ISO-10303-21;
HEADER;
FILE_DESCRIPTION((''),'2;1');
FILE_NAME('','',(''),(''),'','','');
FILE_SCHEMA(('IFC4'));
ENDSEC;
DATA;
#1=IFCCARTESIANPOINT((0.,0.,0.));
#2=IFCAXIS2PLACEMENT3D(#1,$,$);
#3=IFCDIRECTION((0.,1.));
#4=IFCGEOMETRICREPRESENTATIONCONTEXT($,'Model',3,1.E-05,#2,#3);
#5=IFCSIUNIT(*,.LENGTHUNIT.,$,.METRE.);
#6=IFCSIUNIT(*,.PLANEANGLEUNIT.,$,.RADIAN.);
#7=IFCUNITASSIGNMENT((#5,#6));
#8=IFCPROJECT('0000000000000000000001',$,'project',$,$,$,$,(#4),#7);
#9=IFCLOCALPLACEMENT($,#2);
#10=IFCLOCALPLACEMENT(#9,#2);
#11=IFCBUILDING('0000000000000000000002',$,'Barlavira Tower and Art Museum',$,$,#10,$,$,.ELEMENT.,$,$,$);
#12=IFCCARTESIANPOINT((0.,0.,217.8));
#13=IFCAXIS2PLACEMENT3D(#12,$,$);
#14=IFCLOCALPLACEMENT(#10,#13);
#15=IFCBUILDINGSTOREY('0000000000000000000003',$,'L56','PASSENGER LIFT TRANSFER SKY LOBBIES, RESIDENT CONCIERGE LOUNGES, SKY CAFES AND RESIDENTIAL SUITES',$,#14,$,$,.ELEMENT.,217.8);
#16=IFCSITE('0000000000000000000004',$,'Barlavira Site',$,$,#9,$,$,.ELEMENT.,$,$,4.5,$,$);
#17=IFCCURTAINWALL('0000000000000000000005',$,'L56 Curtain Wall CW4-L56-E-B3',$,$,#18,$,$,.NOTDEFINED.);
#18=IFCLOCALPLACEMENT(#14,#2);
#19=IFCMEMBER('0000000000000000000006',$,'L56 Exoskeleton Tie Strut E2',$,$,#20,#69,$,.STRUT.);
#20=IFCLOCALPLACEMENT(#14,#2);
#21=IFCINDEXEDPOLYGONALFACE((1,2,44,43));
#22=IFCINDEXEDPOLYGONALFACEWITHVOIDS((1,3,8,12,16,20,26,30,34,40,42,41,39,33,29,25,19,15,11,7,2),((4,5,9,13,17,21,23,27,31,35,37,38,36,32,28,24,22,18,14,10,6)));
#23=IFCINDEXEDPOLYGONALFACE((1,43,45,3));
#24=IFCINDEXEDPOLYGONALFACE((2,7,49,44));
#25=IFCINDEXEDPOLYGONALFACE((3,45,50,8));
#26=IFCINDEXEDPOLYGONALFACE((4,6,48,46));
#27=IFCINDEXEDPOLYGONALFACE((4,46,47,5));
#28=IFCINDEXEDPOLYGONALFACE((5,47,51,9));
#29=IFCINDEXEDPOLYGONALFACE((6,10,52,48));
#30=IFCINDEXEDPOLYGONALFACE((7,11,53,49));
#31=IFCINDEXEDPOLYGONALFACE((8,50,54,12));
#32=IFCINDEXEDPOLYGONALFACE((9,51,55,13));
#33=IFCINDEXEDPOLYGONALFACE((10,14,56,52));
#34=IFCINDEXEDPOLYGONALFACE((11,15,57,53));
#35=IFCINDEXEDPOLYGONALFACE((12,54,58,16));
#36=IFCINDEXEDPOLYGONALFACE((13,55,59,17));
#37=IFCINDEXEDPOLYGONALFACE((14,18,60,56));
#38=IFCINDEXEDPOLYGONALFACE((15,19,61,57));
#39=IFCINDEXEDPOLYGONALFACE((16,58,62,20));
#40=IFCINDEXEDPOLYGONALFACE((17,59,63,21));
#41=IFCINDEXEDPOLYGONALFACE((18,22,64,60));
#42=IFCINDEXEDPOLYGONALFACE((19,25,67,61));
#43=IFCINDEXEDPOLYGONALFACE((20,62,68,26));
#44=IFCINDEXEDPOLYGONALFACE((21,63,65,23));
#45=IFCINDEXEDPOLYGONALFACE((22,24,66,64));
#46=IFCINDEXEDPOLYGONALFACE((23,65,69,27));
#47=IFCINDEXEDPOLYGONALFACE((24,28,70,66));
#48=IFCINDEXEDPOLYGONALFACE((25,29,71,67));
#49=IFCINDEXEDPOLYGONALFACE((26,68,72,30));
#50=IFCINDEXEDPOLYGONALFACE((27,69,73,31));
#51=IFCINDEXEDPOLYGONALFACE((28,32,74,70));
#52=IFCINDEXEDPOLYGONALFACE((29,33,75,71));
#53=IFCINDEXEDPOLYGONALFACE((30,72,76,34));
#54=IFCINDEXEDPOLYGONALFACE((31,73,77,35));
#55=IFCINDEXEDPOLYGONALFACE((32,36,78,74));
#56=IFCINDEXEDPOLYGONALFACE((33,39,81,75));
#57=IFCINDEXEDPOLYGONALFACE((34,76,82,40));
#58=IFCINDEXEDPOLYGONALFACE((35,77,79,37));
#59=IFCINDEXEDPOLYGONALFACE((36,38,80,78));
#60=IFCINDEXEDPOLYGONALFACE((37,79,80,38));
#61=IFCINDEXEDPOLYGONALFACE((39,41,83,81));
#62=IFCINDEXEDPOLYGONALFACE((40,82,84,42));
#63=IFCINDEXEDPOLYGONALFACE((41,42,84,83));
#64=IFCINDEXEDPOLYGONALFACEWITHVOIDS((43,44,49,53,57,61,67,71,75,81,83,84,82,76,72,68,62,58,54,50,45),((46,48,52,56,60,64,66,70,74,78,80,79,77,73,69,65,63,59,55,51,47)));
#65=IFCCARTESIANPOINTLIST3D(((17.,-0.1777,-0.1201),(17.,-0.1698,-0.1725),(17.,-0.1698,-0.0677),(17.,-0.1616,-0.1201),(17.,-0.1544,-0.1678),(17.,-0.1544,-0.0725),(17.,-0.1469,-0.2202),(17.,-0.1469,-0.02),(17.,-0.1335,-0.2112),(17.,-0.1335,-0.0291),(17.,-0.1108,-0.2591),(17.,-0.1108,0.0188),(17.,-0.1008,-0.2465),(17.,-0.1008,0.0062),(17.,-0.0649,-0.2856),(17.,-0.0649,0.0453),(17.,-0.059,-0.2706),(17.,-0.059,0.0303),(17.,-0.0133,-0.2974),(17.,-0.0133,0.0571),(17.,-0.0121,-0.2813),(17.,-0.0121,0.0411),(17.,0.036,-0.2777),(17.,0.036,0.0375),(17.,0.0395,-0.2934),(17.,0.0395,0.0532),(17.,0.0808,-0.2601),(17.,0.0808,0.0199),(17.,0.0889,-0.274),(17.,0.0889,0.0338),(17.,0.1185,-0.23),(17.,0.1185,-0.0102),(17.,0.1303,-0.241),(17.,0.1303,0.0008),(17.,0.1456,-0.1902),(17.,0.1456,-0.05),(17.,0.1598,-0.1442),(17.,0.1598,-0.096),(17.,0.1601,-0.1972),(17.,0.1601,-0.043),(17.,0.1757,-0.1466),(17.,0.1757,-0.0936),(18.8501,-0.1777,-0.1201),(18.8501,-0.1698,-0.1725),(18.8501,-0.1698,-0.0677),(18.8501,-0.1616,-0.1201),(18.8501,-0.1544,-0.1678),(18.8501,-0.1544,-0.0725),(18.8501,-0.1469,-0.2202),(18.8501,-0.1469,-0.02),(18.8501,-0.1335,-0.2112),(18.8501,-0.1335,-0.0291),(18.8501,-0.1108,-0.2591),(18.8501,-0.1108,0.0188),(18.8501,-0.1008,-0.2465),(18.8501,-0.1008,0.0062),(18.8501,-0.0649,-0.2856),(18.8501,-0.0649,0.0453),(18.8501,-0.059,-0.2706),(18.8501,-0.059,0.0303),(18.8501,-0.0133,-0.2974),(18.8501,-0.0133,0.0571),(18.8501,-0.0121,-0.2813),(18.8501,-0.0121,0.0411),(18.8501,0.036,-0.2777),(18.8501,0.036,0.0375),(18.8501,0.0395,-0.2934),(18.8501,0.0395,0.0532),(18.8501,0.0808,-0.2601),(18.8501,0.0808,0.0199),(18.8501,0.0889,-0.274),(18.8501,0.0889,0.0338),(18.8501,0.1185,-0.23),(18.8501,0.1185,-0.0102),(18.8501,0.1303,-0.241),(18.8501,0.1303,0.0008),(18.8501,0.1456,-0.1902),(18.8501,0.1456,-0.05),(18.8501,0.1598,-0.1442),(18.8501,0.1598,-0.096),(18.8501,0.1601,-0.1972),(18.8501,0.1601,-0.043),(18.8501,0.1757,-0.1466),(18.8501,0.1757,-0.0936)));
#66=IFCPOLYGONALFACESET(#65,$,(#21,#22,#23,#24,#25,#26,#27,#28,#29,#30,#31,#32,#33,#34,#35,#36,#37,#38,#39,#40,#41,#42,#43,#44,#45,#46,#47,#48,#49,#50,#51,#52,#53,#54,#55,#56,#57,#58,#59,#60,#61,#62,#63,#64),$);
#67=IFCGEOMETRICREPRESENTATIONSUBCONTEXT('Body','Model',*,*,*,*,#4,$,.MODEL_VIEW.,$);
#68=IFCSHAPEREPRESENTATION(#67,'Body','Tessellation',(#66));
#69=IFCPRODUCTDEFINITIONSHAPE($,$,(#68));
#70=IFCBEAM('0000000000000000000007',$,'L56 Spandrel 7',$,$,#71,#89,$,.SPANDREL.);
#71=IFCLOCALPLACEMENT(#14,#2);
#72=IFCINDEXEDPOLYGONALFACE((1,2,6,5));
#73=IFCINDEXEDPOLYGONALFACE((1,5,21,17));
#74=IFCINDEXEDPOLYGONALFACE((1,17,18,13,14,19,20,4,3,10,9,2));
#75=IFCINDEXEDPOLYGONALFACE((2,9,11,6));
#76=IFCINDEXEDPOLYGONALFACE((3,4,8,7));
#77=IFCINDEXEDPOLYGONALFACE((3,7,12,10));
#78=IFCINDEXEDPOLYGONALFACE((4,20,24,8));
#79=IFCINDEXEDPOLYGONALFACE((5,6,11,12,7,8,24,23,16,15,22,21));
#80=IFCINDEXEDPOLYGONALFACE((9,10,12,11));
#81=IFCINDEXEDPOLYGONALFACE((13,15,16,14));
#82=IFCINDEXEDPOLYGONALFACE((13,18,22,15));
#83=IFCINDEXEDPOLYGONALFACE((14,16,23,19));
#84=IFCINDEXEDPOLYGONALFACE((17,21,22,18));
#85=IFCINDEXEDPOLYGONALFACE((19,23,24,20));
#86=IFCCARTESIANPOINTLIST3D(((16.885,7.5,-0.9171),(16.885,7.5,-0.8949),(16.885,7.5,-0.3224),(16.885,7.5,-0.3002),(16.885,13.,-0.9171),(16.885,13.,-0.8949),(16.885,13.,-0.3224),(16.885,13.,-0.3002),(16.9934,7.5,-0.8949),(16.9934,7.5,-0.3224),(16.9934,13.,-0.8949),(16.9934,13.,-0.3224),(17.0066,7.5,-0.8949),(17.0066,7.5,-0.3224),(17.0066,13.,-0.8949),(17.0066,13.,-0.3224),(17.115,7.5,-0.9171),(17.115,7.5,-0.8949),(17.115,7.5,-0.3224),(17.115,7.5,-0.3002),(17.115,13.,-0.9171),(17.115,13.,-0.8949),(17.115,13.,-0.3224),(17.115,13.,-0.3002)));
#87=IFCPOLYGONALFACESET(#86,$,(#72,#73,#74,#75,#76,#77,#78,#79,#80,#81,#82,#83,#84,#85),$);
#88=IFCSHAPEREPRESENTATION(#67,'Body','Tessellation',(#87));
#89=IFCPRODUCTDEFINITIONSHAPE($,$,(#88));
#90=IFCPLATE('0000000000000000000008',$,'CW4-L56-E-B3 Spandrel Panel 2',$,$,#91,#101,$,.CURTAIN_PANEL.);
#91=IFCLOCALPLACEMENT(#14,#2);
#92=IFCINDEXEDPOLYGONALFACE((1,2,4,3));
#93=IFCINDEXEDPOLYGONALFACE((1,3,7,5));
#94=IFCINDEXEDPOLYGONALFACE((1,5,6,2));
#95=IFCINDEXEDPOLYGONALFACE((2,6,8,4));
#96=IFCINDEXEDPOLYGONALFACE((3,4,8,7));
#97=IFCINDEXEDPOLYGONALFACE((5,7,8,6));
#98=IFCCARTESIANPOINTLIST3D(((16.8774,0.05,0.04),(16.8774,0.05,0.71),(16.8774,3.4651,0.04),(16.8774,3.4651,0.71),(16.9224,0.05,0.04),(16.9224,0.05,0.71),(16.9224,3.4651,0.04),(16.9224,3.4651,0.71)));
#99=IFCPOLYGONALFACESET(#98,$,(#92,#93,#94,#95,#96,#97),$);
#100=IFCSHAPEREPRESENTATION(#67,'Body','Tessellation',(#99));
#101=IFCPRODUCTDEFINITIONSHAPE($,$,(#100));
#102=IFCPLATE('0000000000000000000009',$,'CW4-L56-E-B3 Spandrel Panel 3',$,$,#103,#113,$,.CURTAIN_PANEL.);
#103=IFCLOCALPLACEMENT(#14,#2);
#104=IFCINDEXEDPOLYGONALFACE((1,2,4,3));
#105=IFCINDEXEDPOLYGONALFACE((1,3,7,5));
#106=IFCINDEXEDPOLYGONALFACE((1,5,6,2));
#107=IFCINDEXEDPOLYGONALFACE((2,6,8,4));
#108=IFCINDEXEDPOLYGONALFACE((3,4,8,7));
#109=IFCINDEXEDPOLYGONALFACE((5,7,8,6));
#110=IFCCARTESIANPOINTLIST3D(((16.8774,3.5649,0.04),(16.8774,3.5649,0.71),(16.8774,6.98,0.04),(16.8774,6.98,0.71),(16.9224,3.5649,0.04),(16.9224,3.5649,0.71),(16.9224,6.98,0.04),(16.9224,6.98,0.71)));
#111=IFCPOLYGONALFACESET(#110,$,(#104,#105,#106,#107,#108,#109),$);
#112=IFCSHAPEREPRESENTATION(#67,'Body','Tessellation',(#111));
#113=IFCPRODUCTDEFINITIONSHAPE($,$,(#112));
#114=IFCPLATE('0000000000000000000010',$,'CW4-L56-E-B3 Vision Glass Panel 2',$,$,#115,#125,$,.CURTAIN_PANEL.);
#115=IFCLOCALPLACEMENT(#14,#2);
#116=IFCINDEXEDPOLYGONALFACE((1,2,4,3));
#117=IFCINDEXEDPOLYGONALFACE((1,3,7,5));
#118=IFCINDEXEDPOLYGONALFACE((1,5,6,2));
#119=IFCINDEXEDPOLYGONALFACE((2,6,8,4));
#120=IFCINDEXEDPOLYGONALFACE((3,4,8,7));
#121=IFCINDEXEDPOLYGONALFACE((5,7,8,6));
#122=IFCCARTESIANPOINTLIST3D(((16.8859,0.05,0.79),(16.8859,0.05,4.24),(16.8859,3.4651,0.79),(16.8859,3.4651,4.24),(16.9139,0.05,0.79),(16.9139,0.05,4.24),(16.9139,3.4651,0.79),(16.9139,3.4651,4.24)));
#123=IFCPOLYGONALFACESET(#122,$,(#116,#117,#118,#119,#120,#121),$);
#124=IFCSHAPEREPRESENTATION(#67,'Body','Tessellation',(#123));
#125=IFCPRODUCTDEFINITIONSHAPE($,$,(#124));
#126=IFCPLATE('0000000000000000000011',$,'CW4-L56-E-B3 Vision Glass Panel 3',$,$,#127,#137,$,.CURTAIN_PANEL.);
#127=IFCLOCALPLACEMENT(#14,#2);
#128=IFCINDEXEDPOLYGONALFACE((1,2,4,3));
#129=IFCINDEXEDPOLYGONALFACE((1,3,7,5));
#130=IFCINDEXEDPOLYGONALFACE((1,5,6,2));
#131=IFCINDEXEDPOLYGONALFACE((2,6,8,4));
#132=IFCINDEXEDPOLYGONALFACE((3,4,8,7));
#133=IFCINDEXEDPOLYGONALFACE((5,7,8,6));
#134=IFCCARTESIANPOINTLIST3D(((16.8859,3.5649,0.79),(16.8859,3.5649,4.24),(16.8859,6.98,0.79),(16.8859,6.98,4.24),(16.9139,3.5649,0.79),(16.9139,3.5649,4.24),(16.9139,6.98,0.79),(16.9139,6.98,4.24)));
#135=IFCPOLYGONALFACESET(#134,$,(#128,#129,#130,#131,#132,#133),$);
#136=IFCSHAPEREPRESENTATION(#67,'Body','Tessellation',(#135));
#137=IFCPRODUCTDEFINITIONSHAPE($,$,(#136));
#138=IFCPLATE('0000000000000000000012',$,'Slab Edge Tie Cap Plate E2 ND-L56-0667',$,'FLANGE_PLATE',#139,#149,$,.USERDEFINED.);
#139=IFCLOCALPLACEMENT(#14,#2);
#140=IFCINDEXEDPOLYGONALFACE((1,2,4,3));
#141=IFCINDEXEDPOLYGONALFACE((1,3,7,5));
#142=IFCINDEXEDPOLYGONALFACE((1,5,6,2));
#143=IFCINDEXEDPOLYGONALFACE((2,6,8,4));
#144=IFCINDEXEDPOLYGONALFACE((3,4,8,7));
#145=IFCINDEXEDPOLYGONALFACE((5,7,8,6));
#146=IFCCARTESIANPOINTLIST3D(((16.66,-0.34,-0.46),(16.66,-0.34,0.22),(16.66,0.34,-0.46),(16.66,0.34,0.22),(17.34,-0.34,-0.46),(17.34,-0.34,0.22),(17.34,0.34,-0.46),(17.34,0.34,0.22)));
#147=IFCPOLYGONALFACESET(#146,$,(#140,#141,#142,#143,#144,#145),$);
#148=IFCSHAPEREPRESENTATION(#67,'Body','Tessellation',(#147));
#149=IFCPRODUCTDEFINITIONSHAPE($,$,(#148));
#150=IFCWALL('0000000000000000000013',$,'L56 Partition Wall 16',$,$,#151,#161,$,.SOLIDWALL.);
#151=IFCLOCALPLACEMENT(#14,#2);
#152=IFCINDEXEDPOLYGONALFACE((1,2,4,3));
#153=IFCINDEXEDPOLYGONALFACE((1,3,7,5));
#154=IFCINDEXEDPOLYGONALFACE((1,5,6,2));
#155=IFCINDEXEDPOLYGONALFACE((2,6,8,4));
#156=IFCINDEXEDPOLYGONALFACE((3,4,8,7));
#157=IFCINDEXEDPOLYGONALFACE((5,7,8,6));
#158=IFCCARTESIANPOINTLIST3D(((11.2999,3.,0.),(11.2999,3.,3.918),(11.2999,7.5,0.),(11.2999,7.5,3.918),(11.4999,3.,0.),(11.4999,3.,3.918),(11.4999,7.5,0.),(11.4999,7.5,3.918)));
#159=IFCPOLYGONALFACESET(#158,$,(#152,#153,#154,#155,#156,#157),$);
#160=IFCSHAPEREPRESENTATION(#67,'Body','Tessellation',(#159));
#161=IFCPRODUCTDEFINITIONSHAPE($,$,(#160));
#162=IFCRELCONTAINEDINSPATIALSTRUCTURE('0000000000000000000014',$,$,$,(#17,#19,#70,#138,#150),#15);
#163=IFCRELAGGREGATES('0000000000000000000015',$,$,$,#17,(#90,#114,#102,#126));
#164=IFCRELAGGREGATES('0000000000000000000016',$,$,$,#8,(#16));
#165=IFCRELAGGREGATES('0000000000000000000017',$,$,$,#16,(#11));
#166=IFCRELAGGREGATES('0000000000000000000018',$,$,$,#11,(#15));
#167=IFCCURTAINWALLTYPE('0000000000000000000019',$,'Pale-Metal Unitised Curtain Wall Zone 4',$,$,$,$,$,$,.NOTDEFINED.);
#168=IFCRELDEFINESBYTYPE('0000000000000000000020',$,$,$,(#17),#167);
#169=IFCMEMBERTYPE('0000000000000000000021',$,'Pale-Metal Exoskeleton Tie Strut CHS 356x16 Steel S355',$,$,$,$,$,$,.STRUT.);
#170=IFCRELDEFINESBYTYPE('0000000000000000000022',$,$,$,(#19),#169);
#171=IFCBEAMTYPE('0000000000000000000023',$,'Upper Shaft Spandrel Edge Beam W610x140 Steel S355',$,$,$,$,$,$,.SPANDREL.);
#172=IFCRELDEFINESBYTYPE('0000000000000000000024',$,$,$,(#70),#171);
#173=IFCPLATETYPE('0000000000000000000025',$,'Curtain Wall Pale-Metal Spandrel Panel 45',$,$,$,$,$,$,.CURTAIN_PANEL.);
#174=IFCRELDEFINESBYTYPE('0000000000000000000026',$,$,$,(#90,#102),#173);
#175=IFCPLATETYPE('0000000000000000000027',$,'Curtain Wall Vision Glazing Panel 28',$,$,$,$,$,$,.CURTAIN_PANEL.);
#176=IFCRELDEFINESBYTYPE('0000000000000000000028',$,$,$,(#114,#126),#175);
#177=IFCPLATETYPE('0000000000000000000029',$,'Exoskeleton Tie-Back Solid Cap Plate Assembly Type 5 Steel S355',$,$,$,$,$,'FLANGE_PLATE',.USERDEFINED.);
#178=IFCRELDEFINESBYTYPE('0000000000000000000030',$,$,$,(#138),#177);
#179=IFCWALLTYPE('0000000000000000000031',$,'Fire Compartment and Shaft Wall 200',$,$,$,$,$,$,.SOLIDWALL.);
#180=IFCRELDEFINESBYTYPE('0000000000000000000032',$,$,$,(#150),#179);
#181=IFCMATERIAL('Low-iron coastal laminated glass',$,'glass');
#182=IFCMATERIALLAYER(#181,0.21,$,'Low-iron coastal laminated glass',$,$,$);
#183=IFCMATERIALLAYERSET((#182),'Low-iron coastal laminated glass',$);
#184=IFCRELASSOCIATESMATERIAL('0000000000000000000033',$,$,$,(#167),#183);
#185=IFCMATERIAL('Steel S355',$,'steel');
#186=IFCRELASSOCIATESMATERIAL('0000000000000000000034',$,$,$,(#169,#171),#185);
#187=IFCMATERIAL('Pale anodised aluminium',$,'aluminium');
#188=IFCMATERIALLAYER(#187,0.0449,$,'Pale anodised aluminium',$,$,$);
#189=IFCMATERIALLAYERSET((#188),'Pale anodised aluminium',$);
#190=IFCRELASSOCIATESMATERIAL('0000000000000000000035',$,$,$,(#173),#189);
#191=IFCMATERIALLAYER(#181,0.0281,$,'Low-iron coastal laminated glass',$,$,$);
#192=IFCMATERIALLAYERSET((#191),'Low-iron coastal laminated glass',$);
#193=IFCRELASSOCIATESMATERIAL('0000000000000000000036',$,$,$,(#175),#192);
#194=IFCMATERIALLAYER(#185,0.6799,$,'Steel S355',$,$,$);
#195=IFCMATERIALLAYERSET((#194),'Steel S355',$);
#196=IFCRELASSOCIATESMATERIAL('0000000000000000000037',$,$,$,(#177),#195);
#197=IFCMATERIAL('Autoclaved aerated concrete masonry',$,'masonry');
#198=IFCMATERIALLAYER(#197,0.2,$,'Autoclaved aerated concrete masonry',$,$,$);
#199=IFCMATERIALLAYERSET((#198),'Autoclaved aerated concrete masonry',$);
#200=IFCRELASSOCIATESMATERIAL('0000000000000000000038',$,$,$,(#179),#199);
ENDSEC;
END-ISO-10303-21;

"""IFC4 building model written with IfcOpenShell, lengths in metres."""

from ifc_helpers import new_model, si_unit, direction, frame, frame_2d, origin, origin_2d, place, context, subcontext, project, spatial, rectangle, hollow_circle, i_section, extrude, material, layer, layer_set, material_profile, profile_set, type_object, element, aggregate, save


model = new_model("IFC4")

# Units and contexts
model_context = context("Model", 3, precision=1e-05, world=origin(), true_north=direction((0.0, 1.0)))
body_context = subcontext(model_context, "Body", "Model", "MODEL_VIEW")
ifc_project = project(units=[si_unit("LENGTHUNIT", "METRE"), si_unit("PLANEANGLEUNIT", "RADIAN")], contexts=[model_context])

# Site, building, storey
site_placement = place(None, origin())
site = spatial("IfcSite", under=ifc_project, at=site_placement, Name="Barlavira Site", CompositionType="ELEMENT", RefElevation=4.5)
building_placement = place(site_placement, origin())
building = spatial("IfcBuilding", under=site, at=building_placement, Name="Barlavira Tower and Art Museum", CompositionType="ELEMENT")
storey_placement = place(building_placement, frame((0.0, 0.0, 217.8)))
storey = spatial("IfcBuildingStorey", under=building, at=storey_placement, Name="L56", Description="PASSENGER LIFT TRANSFER SKY LOBBIES, RESIDENT CONCIERGE LOUNGES, SKY CAFES AND RESIDENTIAL SUITES", CompositionType="ELEMENT", Elevation=217.8)

# Curtain wall
ifc_material_1 = material(Name="Low-iron coastal laminated glass", Category="glass")
ifc_layer_1 = layer(ifc_material_1, 0.21, Name="Low-iron coastal laminated glass")
ifc_layer_set_1 = layer_set([ifc_layer_1], Name="Low-iron coastal laminated glass")
curtain_wall_type = type_object("IfcCurtainWallType", Name="Pale-Metal Unitised Curtain Wall Zone 4", PredefinedType="NOTDEFINED", material=ifc_layer_set_1)
curtain_wall_placement = place(storey_placement, origin())
curtain_wall = element("IfcCurtainWall", 1, at=curtain_wall_placement, inside=storey, type_object=curtain_wall_type, Name="L56 Curtain Wall CW4-L56-E-B3", PredefinedType="NOTDEFINED")
ifc_material_2 = material(Name="Pale anodised aluminium", Category="aluminium")

# Member
ifc_material_3 = material(Name="Steel S355", Category="steel")
ifc_material_profile_1 = material_profile(ifc_material_3, hollow_circle(Radius=0.1777, WallThickness=0.0161, at=origin_2d()), Name="CHS 355.6x16.0")
ifc_profile_set_1 = profile_set([ifc_material_profile_1], Name="Steel S355")
member_type_1 = type_object("IfcMemberType", Name="Pale-Metal Exoskeleton Tie Strut CHS 356x16 Steel S355", PredefinedType="STRUT", material=ifc_profile_set_1)
member_1_placement = place(storey_placement, frame((18.8501, 0.0, -0.1201), z_axis=(-1.0, 0.0, 0.0), x_axis=(0.0, -1.0, 0.0)))
element("IfcMember", 2, at=member_1_placement, inside=storey, type_object=member_type_1, Name="L56 Exoskeleton Tie Strut E2", PredefinedType="STRUT", context=body_context, shape_type="SweptSolid", body=[
    extrude(hollow_circle(Radius=0.1777, WallThickness=0.0161, at=origin_2d()), origin(), (0.0, 0.0, 1.0), 1.8501),
])

# Beam
ifc_material_profile_2 = material_profile(ifc_material_3, i_section(OverallWidth=0.23, OverallDepth=0.6169, WebThickness=0.0132, FlangeThickness=0.0222, at=origin_2d()), Name="W610x140.0")
ifc_profile_set_2 = profile_set([ifc_material_profile_2], Name="Steel S355")
beam_type = type_object("IfcBeamType", Name="Upper Shaft Spandrel Edge Beam W610x140 Steel S355", PredefinedType="SPANDREL", material=ifc_profile_set_2)
beam_placement = place(storey_placement, frame((17.0, 7.5, -0.6086), z_axis=(0.0, 1.0, 0.0), x_axis=(-1.0, 0.0, 0.0)))
element("IfcBeam", 3, at=beam_placement, inside=storey, type_object=beam_type, Name="L56 Spandrel 7", PredefinedType="SPANDREL", context=body_context, shape_type="SweptSolid", body=[
    extrude(i_section(OverallWidth=0.23, OverallDepth=0.6169, WebThickness=0.0132, FlangeThickness=0.0222, at=origin_2d()), origin(), (0.0, 0.0, 1.0), 5.5),
])

# Plates
ifc_layer_2 = layer(ifc_material_2, 0.0449, Name="Pale anodised aluminium")
ifc_layer_set_2 = layer_set([ifc_layer_2], Name="Pale anodised aluminium")
plate_type_1 = type_object("IfcPlateType", Name="Curtain Wall Pale-Metal Spandrel Panel 45", PredefinedType="CURTAIN_PANEL", material=ifc_layer_set_2)
plate_1_placement = place(storey_placement, frame((16.8999, 1.7576, 0.04), z_axis=(0.0, 0.0, 1.0), x_axis=(0.0, 1.0, 0.0)))
plate_1 = element("IfcPlate", 4, at=plate_1_placement, type_object=plate_type_1, Name="CW4-L56-E-B3 Spandrel Panel 2", PredefinedType="CURTAIN_PANEL", context=body_context, shape_type="SweptSolid", body=[
    extrude(rectangle(XDim=3.415, YDim=0.0449, at=origin_2d()), origin(), (0.0, 0.0, 1.0), 0.6699),
])
plate_2_placement = place(storey_placement, frame((16.8999, 5.2725, 0.04), z_axis=(0.0, 0.0, 1.0), x_axis=(0.0, 1.0, 0.0)))
plate_2 = element("IfcPlate", 5, at=plate_2_placement, type_object=plate_type_1, Name="CW4-L56-E-B3 Spandrel Panel 3", PredefinedType="CURTAIN_PANEL", context=body_context, shape_type="SweptSolid", body=[
    extrude(rectangle(XDim=3.415, YDim=0.0449, at=origin_2d()), origin(), (0.0, 0.0, 1.0), 0.6699),
])
ifc_layer_3 = layer(ifc_material_1, 0.0281, Name="Low-iron coastal laminated glass")
ifc_layer_set_3 = layer_set([ifc_layer_3], Name="Low-iron coastal laminated glass")
plate_type_2 = type_object("IfcPlateType", Name="Curtain Wall Vision Glazing Panel 28", PredefinedType="CURTAIN_PANEL", material=ifc_layer_set_3)
plate_3_placement = place(storey_placement, frame((16.8999, 1.7576, 0.79), z_axis=(0.0, 0.0, 1.0), x_axis=(0.0, 1.0, 0.0)))
plate_3 = element("IfcPlate", 6, at=plate_3_placement, type_object=plate_type_2, Name="CW4-L56-E-B3 Vision Glass Panel 2", PredefinedType="CURTAIN_PANEL", context=body_context, shape_type="SweptSolid", body=[
    extrude(rectangle(XDim=3.415, YDim=0.0281, at=origin_2d()), origin(), (0.0, 0.0, 1.0), 3.45),
])
plate_4_placement = place(storey_placement, frame((16.8999, 5.2725, 0.79), z_axis=(0.0, 0.0, 1.0), x_axis=(0.0, 1.0, 0.0)))
plate_4 = element("IfcPlate", 7, at=plate_4_placement, type_object=plate_type_2, Name="CW4-L56-E-B3 Vision Glass Panel 3", PredefinedType="CURTAIN_PANEL", context=body_context, shape_type="SweptSolid", body=[
    extrude(rectangle(XDim=3.415, YDim=0.0281, at=origin_2d()), origin(), (0.0, 0.0, 1.0), 3.45),
])
aggregate(curtain_wall, [plate_1, plate_3, plate_2, plate_4])
ifc_layer_4 = layer(ifc_material_3, 0.6799, Name="Steel S355")
ifc_layer_set_4 = layer_set([ifc_layer_4], Name="Steel S355")
plate_type_3 = type_object("IfcPlateType", Name="Exoskeleton Tie-Back Solid Cap Plate Assembly Type 5 Steel S355", ElementType="FLANGE_PLATE", PredefinedType="USERDEFINED", material=ifc_layer_set_4)
plate_5_placement = place(storey_placement, frame((17.0, 0.0, -0.46), z_axis=(0.0, 0.0, 1.0), x_axis=(1.0, 0.0, 0.0)))
element("IfcPlate", 8, at=plate_5_placement, inside=storey, type_object=plate_type_3, Name="Slab Edge Tie Cap Plate E2 ND-L56-0667", ObjectType="FLANGE_PLATE", PredefinedType="USERDEFINED", context=body_context, shape_type="SweptSolid", body=[
    extrude(rectangle(XDim=0.6799, YDim=0.6799, at=origin_2d()), origin(), (0.0, 0.0, 1.0), 0.6799),
])

# Wall
ifc_material_4 = material(Name="Autoclaved aerated concrete masonry", Category="masonry")
ifc_layer_5 = layer(ifc_material_4, 0.2, Name="Autoclaved aerated concrete masonry")
ifc_layer_set_5 = layer_set([ifc_layer_5], Name="Autoclaved aerated concrete masonry")
wall_type_1 = type_object("IfcWallType", Name="Fire Compartment and Shaft Wall 200", PredefinedType="SOLIDWALL", material=ifc_layer_set_5)
wall_1_placement = place(storey_placement, frame((11.3999, 3.0, 0.0), z_axis=(0.0, 0.0, 1.0), x_axis=(0.0, 1.0, 0.0)))
element("IfcWall", 9, at=wall_1_placement, inside=storey, type_object=wall_type_1, Name="L56 Partition Wall 16", PredefinedType="SOLIDWALL", context=body_context, shape_type="SweptSolid", body=[
    extrude(rectangle(XDim=4.5, YDim=0.2, at=frame_2d((2.25, 0.0))), origin(), (0.0, 0.0, 1.0), 3.918),
])

save(model, "model.ifc")
